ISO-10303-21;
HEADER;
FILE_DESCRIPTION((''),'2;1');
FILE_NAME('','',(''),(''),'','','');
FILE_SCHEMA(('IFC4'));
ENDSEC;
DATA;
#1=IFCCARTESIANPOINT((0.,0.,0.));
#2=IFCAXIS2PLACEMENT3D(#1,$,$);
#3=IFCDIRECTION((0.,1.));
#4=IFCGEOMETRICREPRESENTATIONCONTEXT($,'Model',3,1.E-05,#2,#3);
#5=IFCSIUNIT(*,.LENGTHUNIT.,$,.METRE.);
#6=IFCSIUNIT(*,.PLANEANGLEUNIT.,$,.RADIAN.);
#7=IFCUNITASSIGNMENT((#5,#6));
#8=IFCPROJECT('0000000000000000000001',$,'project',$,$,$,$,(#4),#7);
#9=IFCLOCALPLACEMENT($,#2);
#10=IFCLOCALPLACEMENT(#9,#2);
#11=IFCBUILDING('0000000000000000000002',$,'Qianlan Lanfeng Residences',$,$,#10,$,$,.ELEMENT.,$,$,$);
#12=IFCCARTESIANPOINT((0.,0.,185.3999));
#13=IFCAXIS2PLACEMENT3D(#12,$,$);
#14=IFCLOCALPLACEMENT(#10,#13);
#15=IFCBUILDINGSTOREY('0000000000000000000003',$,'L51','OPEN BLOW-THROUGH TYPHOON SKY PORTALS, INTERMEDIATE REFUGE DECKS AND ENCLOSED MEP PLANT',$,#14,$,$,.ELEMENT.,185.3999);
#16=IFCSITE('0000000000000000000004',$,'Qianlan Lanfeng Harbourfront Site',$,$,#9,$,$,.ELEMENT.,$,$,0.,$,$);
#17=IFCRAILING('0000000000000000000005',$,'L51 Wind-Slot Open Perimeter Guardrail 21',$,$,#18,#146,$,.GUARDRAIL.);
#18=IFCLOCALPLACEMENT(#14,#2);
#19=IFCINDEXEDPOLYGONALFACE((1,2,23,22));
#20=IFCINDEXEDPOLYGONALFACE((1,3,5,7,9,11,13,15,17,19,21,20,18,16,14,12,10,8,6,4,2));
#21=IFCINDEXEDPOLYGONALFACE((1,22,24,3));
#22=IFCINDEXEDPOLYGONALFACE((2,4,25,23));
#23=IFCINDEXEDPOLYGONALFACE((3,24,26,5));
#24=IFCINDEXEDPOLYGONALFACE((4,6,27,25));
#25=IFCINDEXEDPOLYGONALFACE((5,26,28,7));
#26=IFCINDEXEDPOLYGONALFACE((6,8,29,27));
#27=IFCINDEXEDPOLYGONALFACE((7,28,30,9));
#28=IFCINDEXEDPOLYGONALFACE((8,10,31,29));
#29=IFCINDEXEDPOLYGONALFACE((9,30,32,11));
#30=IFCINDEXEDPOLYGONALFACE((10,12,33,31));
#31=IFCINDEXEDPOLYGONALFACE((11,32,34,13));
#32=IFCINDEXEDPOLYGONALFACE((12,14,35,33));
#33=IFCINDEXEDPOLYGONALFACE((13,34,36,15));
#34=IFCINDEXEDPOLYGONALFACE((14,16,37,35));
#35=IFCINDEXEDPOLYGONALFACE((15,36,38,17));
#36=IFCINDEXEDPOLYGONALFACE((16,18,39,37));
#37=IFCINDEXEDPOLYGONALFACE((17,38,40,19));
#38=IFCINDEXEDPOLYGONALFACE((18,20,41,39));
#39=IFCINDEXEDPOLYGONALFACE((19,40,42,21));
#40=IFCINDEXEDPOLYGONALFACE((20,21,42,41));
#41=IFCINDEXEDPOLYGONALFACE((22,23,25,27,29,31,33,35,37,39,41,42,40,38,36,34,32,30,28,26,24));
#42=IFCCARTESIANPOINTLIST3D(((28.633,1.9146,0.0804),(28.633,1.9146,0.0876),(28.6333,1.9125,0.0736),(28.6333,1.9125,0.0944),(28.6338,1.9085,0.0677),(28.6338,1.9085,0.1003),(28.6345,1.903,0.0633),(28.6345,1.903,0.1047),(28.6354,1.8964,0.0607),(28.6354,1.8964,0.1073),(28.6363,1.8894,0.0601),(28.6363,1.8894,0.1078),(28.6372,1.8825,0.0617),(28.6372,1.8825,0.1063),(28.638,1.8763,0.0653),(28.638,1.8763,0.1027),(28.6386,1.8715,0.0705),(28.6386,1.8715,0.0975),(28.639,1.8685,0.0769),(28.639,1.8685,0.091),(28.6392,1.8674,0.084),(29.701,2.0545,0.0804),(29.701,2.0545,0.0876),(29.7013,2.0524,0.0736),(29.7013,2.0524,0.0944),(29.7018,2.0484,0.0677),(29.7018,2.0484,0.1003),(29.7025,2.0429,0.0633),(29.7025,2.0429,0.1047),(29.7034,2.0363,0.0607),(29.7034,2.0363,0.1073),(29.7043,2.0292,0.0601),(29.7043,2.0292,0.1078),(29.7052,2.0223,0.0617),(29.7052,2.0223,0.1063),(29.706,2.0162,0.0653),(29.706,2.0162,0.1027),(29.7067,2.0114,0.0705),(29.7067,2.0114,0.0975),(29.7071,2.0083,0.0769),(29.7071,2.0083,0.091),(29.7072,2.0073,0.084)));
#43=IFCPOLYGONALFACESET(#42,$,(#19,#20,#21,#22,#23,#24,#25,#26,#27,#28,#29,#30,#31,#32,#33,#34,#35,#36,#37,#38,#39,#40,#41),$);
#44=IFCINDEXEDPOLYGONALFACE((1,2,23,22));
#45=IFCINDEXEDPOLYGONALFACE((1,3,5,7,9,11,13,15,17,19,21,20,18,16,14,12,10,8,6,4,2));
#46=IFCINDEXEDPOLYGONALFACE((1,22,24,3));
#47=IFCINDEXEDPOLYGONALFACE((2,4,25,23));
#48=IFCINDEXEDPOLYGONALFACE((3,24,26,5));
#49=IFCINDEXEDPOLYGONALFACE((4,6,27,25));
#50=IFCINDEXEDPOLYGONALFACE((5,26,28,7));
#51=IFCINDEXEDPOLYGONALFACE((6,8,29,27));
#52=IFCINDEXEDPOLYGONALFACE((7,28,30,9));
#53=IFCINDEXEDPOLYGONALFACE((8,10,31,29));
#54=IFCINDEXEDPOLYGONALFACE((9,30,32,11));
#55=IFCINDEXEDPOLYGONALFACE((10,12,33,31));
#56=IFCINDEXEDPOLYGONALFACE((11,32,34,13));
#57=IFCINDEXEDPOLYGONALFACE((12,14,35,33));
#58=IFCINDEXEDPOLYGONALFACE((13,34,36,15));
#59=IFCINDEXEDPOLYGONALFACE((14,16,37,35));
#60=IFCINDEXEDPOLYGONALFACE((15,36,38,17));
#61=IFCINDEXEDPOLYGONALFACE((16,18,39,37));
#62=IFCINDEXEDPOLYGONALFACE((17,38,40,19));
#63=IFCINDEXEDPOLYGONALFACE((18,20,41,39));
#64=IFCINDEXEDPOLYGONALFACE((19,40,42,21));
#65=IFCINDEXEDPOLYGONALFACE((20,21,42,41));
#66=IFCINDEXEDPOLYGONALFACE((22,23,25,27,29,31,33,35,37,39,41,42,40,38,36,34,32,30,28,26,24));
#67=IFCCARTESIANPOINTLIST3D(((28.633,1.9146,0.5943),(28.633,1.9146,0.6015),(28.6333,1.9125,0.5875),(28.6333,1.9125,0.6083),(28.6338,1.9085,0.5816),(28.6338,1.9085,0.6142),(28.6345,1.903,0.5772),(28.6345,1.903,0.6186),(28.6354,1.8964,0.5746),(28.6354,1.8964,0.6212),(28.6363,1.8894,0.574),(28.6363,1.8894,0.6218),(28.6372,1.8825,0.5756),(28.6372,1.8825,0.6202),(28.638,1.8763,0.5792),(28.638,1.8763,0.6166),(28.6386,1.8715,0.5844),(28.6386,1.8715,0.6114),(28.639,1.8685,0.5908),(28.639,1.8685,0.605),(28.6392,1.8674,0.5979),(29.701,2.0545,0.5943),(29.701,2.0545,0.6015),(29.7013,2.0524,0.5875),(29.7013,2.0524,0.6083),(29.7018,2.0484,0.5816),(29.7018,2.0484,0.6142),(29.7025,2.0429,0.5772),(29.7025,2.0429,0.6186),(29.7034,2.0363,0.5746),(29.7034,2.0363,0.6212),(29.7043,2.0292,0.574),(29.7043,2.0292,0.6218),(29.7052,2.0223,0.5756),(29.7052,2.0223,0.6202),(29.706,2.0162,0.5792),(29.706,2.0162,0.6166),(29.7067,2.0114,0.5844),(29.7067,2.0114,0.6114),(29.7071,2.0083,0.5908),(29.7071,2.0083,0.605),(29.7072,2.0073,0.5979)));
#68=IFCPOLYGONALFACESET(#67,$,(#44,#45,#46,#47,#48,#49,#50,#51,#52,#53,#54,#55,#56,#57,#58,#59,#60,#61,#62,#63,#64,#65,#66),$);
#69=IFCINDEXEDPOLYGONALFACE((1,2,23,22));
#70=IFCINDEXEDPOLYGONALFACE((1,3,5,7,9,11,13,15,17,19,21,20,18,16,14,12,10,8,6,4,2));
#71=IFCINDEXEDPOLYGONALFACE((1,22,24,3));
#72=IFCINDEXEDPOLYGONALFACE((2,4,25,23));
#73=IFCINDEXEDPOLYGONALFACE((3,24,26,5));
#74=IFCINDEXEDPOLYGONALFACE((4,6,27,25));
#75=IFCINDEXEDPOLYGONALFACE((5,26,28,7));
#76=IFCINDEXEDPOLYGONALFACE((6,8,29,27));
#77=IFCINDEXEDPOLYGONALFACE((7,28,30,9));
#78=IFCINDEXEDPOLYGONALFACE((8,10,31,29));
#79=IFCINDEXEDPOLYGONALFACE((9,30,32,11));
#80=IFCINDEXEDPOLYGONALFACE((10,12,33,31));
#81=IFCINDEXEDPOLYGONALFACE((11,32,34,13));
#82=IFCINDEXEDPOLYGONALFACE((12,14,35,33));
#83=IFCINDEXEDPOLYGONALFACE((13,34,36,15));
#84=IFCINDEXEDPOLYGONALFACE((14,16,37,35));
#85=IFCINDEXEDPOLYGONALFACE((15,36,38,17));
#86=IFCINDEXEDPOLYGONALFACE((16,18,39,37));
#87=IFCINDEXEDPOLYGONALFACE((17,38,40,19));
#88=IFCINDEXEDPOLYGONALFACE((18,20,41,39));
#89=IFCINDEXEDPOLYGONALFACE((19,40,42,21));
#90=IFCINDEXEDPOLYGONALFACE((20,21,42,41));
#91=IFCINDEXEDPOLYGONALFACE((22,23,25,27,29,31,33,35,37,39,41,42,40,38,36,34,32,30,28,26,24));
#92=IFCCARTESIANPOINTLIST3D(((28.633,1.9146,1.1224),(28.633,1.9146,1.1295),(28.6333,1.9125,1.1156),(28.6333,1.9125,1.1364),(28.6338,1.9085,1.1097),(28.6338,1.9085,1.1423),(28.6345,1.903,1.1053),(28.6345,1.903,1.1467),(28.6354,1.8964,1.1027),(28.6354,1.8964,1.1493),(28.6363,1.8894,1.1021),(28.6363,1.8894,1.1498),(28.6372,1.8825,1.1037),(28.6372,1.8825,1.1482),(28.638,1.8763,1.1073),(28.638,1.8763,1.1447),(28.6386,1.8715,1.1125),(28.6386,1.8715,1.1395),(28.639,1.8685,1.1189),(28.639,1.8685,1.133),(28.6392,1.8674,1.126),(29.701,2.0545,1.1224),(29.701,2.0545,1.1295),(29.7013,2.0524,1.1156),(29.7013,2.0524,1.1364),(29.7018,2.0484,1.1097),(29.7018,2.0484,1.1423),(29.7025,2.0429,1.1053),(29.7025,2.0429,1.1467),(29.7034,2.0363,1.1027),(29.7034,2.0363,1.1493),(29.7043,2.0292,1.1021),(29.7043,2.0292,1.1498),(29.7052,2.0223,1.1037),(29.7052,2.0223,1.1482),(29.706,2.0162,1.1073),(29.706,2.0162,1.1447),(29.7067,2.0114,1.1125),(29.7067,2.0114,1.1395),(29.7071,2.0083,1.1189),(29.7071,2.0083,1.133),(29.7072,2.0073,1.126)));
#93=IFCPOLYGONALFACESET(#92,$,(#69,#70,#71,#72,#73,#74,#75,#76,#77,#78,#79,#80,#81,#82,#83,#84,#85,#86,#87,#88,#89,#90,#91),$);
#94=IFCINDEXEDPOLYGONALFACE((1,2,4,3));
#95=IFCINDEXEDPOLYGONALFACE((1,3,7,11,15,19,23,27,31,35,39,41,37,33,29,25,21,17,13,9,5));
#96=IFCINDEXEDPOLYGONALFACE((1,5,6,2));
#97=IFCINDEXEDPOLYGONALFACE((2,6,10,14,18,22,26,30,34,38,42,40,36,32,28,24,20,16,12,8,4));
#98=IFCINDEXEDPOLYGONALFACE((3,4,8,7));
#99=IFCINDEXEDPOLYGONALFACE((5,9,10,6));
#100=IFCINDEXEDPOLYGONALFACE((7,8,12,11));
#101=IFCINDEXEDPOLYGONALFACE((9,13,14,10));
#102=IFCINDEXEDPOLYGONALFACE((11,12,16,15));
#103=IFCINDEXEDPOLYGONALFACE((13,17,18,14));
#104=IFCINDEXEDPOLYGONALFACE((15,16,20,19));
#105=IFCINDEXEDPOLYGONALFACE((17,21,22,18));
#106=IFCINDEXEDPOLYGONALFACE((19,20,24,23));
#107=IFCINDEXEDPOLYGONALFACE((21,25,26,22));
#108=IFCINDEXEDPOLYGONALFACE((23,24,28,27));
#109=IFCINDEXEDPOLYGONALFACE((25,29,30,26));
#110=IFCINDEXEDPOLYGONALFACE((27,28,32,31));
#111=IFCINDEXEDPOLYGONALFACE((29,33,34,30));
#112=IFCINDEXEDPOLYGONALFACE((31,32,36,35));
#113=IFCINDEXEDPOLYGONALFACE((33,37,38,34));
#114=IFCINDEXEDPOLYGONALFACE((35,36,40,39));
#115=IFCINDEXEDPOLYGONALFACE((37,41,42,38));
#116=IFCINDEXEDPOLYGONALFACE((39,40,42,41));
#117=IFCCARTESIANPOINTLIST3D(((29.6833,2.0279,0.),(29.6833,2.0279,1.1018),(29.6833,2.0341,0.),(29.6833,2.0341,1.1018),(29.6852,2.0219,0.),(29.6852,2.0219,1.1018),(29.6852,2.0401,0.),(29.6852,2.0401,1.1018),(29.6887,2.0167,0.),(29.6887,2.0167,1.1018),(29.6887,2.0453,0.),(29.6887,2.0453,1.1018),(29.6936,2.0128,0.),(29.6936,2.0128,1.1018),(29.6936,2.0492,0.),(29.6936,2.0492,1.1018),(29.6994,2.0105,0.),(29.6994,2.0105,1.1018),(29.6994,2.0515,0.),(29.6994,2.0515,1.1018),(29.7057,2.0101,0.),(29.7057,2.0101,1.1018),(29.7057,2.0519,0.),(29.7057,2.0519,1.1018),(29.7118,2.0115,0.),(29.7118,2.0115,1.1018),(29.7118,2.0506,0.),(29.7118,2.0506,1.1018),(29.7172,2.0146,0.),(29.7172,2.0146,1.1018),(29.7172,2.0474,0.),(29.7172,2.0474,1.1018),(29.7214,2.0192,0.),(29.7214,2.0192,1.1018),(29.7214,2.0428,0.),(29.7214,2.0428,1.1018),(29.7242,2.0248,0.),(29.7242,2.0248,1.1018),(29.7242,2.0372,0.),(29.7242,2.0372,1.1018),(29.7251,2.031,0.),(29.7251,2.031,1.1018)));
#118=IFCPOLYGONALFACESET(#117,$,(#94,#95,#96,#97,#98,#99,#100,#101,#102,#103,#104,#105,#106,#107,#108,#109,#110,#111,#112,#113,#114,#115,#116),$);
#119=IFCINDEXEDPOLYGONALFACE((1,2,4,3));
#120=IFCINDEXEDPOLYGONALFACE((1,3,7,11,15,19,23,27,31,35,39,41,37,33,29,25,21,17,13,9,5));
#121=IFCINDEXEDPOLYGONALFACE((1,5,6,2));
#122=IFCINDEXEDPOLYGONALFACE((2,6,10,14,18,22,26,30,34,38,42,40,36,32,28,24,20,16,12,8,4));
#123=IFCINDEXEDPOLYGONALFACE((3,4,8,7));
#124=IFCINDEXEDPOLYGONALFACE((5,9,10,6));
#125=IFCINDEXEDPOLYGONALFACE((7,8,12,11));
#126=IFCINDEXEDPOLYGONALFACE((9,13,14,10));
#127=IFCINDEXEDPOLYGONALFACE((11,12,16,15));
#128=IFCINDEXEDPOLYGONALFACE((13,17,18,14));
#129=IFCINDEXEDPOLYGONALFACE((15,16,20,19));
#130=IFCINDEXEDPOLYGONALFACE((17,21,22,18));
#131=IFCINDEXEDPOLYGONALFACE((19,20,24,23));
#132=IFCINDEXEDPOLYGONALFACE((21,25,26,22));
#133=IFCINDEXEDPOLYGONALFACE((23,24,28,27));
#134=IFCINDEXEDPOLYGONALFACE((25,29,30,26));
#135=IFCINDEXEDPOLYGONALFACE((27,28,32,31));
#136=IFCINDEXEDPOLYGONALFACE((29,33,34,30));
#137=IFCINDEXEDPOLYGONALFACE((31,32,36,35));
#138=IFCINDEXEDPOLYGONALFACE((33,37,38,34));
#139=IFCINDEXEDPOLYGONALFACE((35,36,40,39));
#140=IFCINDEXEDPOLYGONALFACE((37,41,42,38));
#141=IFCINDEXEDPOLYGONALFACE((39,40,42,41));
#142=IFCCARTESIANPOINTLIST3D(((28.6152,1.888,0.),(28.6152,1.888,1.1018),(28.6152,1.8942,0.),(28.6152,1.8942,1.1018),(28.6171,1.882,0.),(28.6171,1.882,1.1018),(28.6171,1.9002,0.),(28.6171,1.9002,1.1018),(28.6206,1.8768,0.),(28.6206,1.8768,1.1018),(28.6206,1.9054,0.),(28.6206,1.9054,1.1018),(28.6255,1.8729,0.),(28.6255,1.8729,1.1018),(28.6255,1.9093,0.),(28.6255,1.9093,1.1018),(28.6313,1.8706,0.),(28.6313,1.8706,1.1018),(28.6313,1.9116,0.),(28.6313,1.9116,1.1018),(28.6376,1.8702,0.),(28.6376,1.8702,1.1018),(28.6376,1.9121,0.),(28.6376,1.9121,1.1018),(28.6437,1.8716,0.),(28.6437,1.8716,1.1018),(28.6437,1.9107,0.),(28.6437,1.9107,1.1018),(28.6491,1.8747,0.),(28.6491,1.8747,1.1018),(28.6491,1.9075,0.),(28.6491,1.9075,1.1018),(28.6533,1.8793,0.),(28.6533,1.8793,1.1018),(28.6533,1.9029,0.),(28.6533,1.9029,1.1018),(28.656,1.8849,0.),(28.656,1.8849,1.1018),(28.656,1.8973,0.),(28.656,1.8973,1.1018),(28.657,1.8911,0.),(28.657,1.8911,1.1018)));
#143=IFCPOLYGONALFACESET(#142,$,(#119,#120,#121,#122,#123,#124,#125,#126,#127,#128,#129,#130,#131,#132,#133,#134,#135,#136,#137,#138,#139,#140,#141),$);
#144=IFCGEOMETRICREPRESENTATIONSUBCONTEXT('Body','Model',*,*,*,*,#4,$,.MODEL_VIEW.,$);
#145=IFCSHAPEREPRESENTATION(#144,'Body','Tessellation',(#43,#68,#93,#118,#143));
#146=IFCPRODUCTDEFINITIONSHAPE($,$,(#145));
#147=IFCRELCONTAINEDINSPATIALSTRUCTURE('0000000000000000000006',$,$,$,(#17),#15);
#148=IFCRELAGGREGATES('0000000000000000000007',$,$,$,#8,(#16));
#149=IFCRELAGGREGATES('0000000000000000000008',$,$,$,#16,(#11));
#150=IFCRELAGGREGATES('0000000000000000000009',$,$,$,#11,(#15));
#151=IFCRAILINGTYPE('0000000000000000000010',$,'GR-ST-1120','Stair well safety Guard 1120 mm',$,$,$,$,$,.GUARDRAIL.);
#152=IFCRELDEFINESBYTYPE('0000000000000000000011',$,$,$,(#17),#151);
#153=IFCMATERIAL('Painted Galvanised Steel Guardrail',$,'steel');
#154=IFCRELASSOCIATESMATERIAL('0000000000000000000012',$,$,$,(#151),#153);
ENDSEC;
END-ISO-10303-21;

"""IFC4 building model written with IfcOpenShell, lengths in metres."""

from ifc_helpers import new_model, si_unit, direction, frame, origin, origin_2d, place, context, subcontext, project, spatial, circle, extrude, material, type_object, element, save


model = new_model("IFC4")

# Units and contexts
model_context = context("Model", 3, precision=1e-05, world=origin(), true_north=direction((0.0, 1.0)))
body_context = subcontext(model_context, "Body", "Model", "MODEL_VIEW")
ifc_project = project(units=[si_unit("LENGTHUNIT", "METRE"), si_unit("PLANEANGLEUNIT", "RADIAN")], contexts=[model_context])

# Site, building, storey
site_placement = place(None, origin())
site = spatial("IfcSite", under=ifc_project, at=site_placement, Name="Qianlan Lanfeng Harbourfront Site", CompositionType="ELEMENT", RefElevation=0.0)
building_placement = place(site_placement, origin())
building = spatial("IfcBuilding", under=site, at=building_placement, Name="Qianlan Lanfeng Residences", CompositionType="ELEMENT")
storey_placement = place(building_placement, frame((0.0, 0.0, 185.3999)))
storey = spatial("IfcBuildingStorey", under=building, at=storey_placement, Name="L51", Description="OPEN BLOW-THROUGH TYPHOON SKY PORTALS, INTERMEDIATE REFUGE DECKS AND ENCLOSED MEP PLANT", CompositionType="ELEMENT", Elevation=185.3999)

# Railing
ifc_material_1 = material(Name="Painted Galvanised Steel Guardrail", Category="steel")
railing_type = type_object("IfcRailingType", Name="GR-ST-1120", Description="Stair well safety Guard 1120 mm", PredefinedType="GUARDRAIL", material=ifc_material_1)
railing_1_placement = place(storey_placement, frame((29.7041, 2.031, 0.0)))
element("IfcRailing", 1, at=railing_1_placement, inside=storey, type_object=railing_type, Name="L51 Wind-Slot Open Perimeter Guardrail 21", PredefinedType="GUARDRAIL", context=body_context, shape_type="SweptSolid", body=[
    extrude(circle(Radius=0.0239, at=origin_2d()), frame((0.0, 0.0, 0.084), z_axis=(-0.991532, -0.129862, 0.0), x_axis=(0.129862, -0.991532, 0.0)), (0.0, 0.0, 1.0), 1.0771),
    extrude(circle(Radius=0.0239, at=origin_2d()), frame((0.0, 0.0, 0.5979), z_axis=(-0.991532, -0.129862, 0.0), x_axis=(0.129862, -0.991532, 0.0)), (0.0, 0.0, 1.0), 1.0771),
    extrude(circle(Radius=0.0239, at=origin_2d()), frame((0.0, 0.0, 1.126), z_axis=(-0.991532, -0.129862, 0.0), x_axis=(0.129862, -0.991532, 0.0)), (0.0, 0.0, 1.0), 1.0771),
    extrude(circle(Radius=0.021, at=origin_2d()), origin(), (0.0, 0.0, 1.0), 1.1018),
    extrude(circle(Radius=0.021, at=origin_2d()), frame((-1.0681, -0.1399, 0.0)), (0.0, 0.0, 1.0), 1.1018),
])

save(model, "model.ifc")
